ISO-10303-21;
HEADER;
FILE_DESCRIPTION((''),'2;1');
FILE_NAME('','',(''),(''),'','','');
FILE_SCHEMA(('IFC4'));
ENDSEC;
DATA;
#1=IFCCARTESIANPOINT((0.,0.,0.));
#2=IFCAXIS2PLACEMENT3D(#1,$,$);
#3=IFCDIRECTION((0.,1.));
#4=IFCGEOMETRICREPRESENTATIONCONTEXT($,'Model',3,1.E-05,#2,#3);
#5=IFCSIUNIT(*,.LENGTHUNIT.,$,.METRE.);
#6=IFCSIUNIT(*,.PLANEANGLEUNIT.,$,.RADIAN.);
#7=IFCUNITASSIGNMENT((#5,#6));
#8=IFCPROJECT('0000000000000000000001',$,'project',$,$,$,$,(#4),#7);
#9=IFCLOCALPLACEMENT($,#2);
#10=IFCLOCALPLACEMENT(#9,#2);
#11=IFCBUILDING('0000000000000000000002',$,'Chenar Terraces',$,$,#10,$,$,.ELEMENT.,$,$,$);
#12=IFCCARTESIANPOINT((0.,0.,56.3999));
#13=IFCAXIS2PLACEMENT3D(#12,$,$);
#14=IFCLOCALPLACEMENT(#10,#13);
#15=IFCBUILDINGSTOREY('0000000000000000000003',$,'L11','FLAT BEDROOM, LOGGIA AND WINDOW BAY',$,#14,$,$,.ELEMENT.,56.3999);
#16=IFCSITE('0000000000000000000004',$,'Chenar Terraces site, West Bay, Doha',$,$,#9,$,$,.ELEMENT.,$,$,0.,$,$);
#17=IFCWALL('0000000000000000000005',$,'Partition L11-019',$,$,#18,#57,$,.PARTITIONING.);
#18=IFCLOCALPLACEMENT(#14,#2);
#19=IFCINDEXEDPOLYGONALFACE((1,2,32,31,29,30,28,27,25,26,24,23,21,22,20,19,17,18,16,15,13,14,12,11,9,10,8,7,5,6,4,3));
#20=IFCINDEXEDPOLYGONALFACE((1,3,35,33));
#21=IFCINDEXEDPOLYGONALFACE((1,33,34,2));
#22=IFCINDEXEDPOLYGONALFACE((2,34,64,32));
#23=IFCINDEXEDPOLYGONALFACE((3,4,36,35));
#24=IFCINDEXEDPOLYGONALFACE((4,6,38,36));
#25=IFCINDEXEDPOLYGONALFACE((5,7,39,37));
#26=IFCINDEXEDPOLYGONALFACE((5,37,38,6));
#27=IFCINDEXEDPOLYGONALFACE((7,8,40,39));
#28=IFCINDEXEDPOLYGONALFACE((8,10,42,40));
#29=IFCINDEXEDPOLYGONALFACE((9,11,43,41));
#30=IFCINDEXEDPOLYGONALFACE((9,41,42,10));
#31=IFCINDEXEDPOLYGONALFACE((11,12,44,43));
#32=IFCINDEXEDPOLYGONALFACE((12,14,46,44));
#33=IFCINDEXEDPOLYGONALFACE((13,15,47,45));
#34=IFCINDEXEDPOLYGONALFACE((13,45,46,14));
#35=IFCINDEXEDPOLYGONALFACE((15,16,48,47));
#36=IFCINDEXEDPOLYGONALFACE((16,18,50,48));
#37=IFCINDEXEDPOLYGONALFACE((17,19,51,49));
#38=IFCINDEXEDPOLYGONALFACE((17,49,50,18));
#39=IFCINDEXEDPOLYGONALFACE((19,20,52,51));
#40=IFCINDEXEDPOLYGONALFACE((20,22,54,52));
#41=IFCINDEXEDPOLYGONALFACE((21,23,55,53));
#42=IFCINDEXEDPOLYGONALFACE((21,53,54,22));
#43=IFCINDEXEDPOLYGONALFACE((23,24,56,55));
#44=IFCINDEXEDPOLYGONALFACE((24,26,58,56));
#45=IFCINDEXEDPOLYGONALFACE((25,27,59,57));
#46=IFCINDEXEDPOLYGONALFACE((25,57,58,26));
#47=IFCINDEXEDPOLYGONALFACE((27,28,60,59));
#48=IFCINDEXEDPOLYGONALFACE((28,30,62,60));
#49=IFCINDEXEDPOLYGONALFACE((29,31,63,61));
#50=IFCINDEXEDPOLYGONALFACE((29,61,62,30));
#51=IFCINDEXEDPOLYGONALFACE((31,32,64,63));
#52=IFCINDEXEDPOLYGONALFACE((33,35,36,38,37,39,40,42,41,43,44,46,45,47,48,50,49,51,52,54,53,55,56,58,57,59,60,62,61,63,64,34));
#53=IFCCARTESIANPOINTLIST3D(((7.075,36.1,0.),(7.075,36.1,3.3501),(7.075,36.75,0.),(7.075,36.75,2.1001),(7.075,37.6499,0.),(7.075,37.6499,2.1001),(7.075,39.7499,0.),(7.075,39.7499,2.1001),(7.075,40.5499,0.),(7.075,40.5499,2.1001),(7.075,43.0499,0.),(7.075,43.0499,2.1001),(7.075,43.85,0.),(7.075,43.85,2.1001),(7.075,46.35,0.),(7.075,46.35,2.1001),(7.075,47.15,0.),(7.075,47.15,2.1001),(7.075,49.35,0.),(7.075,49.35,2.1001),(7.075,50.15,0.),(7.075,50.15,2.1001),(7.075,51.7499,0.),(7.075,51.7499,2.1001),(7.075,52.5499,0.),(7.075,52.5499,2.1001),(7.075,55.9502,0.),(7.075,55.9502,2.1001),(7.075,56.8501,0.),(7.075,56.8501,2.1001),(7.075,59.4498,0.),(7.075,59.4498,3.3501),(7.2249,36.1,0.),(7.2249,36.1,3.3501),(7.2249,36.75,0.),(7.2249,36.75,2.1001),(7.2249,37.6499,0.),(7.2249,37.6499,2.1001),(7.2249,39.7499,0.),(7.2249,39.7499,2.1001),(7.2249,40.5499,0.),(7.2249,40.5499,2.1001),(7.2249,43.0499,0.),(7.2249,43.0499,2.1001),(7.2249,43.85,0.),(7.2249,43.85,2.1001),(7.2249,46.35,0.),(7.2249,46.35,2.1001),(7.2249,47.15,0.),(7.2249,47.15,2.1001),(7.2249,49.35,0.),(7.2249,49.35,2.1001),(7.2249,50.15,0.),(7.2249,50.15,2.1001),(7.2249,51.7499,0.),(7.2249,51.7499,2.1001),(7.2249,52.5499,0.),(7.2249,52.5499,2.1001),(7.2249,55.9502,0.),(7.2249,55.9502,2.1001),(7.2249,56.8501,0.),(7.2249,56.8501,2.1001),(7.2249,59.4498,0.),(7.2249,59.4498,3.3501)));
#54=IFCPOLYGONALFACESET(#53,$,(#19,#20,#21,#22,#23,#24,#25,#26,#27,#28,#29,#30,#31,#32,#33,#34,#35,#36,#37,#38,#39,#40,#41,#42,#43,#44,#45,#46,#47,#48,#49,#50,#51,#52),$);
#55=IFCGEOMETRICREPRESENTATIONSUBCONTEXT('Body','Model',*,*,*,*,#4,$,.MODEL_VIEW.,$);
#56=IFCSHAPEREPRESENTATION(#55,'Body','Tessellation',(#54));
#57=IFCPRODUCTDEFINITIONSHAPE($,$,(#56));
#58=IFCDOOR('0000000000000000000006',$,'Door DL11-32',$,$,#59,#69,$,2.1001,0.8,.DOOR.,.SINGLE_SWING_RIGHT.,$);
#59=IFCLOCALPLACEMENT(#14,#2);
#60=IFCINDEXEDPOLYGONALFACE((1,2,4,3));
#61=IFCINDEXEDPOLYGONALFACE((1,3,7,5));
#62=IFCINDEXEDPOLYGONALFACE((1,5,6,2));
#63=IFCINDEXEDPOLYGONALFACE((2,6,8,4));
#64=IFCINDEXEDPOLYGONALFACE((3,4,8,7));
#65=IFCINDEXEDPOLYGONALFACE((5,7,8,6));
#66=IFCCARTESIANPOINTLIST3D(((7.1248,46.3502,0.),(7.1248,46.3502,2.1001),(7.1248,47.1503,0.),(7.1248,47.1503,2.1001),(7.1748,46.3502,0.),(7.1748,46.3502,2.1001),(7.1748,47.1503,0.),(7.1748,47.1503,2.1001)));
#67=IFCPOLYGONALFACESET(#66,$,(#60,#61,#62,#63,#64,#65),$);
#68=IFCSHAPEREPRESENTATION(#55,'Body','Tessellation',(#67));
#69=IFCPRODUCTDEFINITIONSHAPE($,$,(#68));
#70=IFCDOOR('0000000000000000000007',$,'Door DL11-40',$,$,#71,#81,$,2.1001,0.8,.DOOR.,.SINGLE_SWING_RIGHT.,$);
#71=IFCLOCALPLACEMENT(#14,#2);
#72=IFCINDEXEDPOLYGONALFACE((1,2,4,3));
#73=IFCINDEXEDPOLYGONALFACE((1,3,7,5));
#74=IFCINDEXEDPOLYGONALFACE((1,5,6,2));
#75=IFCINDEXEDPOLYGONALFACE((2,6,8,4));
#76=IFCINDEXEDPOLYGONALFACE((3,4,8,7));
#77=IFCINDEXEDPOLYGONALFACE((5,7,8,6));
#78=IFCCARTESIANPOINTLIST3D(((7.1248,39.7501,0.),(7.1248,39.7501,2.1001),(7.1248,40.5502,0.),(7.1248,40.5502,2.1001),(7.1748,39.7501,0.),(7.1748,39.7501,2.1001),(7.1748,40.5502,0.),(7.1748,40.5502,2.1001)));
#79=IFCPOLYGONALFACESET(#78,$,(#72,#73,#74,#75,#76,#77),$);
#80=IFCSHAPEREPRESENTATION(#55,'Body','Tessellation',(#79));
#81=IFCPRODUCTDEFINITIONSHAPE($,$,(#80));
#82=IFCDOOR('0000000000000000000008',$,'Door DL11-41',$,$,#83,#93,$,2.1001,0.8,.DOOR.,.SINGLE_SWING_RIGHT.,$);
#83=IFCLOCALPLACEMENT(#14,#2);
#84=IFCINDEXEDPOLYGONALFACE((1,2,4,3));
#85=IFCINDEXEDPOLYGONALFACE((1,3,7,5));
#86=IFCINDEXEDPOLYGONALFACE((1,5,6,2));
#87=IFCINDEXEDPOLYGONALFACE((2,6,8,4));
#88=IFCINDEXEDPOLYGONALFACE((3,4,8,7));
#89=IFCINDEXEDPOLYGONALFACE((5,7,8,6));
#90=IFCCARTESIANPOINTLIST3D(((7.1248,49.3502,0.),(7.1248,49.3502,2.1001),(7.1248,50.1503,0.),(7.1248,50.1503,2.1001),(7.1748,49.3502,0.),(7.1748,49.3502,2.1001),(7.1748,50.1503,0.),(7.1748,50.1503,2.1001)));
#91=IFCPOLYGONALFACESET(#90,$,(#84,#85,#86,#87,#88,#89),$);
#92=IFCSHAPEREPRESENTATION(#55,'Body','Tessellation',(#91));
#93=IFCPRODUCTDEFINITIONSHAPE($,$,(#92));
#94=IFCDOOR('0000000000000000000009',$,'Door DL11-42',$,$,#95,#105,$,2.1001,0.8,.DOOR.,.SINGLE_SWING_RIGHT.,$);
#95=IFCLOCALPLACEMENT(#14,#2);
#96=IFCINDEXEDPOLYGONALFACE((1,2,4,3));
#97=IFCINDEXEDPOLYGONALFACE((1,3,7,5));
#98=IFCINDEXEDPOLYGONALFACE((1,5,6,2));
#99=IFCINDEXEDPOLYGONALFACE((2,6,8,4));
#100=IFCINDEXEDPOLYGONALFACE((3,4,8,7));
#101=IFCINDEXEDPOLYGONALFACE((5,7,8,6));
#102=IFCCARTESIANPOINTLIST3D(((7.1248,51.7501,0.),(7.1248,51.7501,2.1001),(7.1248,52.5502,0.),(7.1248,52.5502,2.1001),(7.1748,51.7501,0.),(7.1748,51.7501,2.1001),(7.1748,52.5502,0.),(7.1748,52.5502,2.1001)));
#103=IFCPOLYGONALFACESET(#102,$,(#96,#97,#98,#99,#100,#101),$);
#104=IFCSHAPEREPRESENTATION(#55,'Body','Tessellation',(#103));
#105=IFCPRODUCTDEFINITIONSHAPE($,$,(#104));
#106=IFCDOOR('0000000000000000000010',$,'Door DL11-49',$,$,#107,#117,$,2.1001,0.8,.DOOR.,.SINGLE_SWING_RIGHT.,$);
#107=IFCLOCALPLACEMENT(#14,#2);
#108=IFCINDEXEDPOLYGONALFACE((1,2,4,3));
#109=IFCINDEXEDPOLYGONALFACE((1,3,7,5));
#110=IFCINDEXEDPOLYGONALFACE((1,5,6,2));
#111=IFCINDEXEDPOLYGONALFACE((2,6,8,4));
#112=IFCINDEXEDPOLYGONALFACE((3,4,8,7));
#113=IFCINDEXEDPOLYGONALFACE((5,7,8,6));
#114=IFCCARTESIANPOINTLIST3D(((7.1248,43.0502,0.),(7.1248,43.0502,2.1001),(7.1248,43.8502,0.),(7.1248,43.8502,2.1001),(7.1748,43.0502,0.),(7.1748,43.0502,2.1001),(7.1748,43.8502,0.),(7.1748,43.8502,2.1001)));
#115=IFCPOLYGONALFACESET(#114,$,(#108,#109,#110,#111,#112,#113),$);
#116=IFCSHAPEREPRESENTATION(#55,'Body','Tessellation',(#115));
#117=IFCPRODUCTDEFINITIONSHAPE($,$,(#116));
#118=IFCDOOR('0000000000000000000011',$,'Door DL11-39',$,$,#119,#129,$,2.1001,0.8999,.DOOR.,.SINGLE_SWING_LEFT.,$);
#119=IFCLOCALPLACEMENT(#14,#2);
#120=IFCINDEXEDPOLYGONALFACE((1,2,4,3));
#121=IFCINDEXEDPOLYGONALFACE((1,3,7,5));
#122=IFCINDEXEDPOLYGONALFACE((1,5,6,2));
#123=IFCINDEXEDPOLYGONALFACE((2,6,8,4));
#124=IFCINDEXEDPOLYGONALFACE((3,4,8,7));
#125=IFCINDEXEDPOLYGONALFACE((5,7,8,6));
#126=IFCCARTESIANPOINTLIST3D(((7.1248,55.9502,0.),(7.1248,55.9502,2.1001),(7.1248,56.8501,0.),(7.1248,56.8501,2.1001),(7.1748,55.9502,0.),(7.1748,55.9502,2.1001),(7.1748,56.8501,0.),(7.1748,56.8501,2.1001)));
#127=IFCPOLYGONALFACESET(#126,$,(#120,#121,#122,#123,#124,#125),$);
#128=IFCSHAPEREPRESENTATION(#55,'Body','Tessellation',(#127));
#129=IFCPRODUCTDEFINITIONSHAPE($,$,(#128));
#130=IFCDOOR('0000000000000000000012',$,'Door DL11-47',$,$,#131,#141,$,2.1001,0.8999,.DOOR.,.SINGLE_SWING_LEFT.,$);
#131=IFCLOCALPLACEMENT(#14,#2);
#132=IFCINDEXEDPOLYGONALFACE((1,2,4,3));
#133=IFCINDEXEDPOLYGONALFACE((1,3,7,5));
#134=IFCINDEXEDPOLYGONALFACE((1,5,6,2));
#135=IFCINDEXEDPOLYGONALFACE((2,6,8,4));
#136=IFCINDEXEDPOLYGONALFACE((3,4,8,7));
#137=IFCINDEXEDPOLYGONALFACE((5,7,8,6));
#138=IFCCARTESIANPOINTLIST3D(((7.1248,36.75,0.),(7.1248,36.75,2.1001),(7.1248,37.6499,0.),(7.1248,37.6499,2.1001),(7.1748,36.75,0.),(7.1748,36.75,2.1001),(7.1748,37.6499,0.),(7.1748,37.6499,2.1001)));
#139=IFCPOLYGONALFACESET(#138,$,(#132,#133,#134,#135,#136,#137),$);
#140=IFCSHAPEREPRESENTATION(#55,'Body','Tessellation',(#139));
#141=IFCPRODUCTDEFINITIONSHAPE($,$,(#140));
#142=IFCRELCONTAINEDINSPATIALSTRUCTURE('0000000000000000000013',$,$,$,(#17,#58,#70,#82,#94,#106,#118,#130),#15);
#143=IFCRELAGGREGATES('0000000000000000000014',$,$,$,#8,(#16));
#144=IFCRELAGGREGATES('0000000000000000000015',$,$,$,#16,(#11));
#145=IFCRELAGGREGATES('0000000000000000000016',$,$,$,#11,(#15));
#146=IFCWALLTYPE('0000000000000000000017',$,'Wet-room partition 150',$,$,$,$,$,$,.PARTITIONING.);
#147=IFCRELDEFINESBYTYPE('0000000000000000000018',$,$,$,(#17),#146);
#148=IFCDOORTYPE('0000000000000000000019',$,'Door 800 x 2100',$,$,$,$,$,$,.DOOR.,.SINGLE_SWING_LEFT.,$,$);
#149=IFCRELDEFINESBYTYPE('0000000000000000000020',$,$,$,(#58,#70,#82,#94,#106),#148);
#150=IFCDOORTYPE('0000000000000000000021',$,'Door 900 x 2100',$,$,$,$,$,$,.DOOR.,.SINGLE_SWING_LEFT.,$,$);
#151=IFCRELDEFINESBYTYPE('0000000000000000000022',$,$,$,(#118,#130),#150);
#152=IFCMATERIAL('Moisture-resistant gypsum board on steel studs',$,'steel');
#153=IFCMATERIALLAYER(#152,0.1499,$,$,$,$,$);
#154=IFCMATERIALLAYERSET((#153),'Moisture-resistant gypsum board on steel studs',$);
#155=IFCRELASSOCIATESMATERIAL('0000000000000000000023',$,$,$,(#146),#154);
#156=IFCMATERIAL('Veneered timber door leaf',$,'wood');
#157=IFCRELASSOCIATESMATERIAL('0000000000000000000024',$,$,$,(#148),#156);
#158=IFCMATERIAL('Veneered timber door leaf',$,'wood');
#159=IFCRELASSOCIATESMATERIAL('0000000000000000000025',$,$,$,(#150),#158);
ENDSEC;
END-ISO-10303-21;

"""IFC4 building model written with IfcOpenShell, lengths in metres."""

from ifc_helpers import new_model, si_unit, direction, frame, frame_2d, origin, place, context, subcontext, project, spatial, rectangle, extrude, material, layer, layer_set, type_object, element, fill, save


model = new_model("IFC4")

# Units and contexts
model_context = context("Model", 3, precision=1e-05, world=origin(), true_north=direction((0.0, 1.0)))
body_context = subcontext(model_context, "Body", "Model", "MODEL_VIEW")
ifc_project = project(units=[si_unit("LENGTHUNIT", "METRE"), si_unit("PLANEANGLEUNIT", "RADIAN")], contexts=[model_context])

# Site, building, storey
site_placement = place(None, origin())
site = spatial("IfcSite", under=ifc_project, at=site_placement, Name="Chenar Terraces site, West Bay, Doha", CompositionType="ELEMENT", RefElevation=0.0)
building_placement = place(site_placement, origin())
building = spatial("IfcBuilding", under=site, at=building_placement, Name="Chenar Terraces", CompositionType="ELEMENT")
storey_placement = place(building_placement, frame((0.0, 0.0, 56.3999)))
storey = spatial("IfcBuildingStorey", under=building, at=storey_placement, Name="L11", Description="FLAT BEDROOM, LOGGIA AND WINDOW BAY", CompositionType="ELEMENT", Elevation=56.3999)

# Wall, openings, doors
ifc_material_1 = material(Name="Moisture-resistant gypsum board on steel studs", Category="steel")
ifc_layer_1 = layer(ifc_material_1, 0.1499)
ifc_layer_set_1 = layer_set([ifc_layer_1], Name="Moisture-resistant gypsum board on steel studs")
wall_type_1 = type_object("IfcWallType", Name="Wet-room partition 150", PredefinedType="PARTITIONING", material=ifc_layer_set_1)
ifc_material_2 = material(Name="Veneered timber door leaf", Category="wood")
door_type_1 = type_object("IfcDoorType", Name="Door 800 x 2100", OperationType="SINGLE_SWING_LEFT", PredefinedType="DOOR", material=ifc_material_2)
ifc_material_3 = material(Name="Veneered timber door leaf", Category="wood")
door_type_2 = type_object("IfcDoorType", Name="Door 900 x 2100", OperationType="SINGLE_SWING_LEFT", PredefinedType="DOOR", material=ifc_material_3)
wall_1_placement = place(storey_placement, frame((7.1499, 36.1001, 0.0), z_axis=(0.0, 0.0, 1.0), x_axis=(0.0, 1.0, 0.0)))
wall_1 = element("IfcWall", 1, at=wall_1_placement, inside=storey, type_object=wall_type_1, Name="Partition L11-019", PredefinedType="PARTITIONING", context=body_context, shape_type="SweptSolid", body=[
    extrude(rectangle(XDim=23.3499, YDim=0.1499, at=frame_2d((11.6748, 0.0))), origin(), (0.0, 0.0, 1.0), 3.3501),
])
opening_1_placement = place(wall_1_placement, frame((10.25, 0.0, 0.0)))
opening_1 = element("IfcOpeningElement", 2, at=opening_1_placement, cuts=wall_1, PredefinedType="OPENING", context=body_context, shape_type="SweptSolid", body=[
    extrude(rectangle(XDim=0.8, YDim=2.1001, at=frame_2d((0.3999, 1.05))), frame((0.0, 0.085, 0.0), z_axis=(0.0, -1.0, 0.0), x_axis=(1.0, 0.0, 0.0)), (0.0, 0.0, 1.0), 0.1699),
])
opening_2_placement = place(wall_1_placement, frame((19.8501, 0.0, 0.0)))
opening_2 = element("IfcOpeningElement", 3, at=opening_2_placement, cuts=wall_1, PredefinedType="OPENING", context=body_context, shape_type="SweptSolid", body=[
    extrude(rectangle(XDim=0.8999, YDim=2.1001, at=frame_2d((0.45, 1.05))), frame((0.0, 0.085, 0.0), z_axis=(0.0, -1.0, 0.0), x_axis=(1.0, 0.0, 0.0)), (0.0, 0.0, 1.0), 0.1699),
])
opening_3_placement = place(wall_1_placement, frame((3.6499, 0.0, 0.0)))
opening_3 = element("IfcOpeningElement", 4, at=opening_3_placement, cuts=wall_1, PredefinedType="OPENING", context=body_context, shape_type="SweptSolid", body=[
    extrude(rectangle(XDim=0.8, YDim=2.1001, at=frame_2d((0.3999, 1.05))), frame((0.0, 0.085, 0.0), z_axis=(0.0, -1.0, 0.0), x_axis=(1.0, 0.0, 0.0)), (0.0, 0.0, 1.0), 0.1699),
])
opening_4_placement = place(wall_1_placement, frame((13.25, 0.0, 0.0)))
opening_4 = element("IfcOpeningElement", 5, at=opening_4_placement, cuts=wall_1, PredefinedType="OPENING", context=body_context, shape_type="SweptSolid", body=[
    extrude(rectangle(XDim=0.8, YDim=2.1001, at=frame_2d((0.3999, 1.05))), frame((0.0, 0.085, 0.0), z_axis=(0.0, -1.0, 0.0), x_axis=(1.0, 0.0, 0.0)), (0.0, 0.0, 1.0), 0.1699),
])
opening_5_placement = place(wall_1_placement, frame((15.6499, 0.0, 0.0)))
opening_5 = element("IfcOpeningElement", 6, at=opening_5_placement, cuts=wall_1, PredefinedType="OPENING", context=body_context, shape_type="SweptSolid", body=[
    extrude(rectangle(XDim=0.8, YDim=2.1001, at=frame_2d((0.3999, 1.05))), frame((0.0, 0.085, 0.0), z_axis=(0.0, -1.0, 0.0), x_axis=(1.0, 0.0, 0.0)), (0.0, 0.0, 1.0), 0.1699),
])
opening_6_placement = place(wall_1_placement, frame((0.6499, 0.0, 0.0)))
opening_6 = element("IfcOpeningElement", 7, at=opening_6_placement, cuts=wall_1, PredefinedType="OPENING", context=body_context, shape_type="SweptSolid", body=[
    extrude(rectangle(XDim=0.8999, YDim=2.1001, at=frame_2d((0.45, 1.05))), frame((0.0, 0.085, 0.0), z_axis=(0.0, -1.0, 0.0), x_axis=(1.0, 0.0, 0.0)), (0.0, 0.0, 1.0), 0.1699),
])
opening_7_placement = place(wall_1_placement, frame((6.95, 0.0, 0.0)))
opening_7 = element("IfcOpeningElement", 8, at=opening_7_placement, cuts=wall_1, PredefinedType="OPENING", context=body_context, shape_type="SweptSolid", body=[
    extrude(rectangle(XDim=0.8, YDim=2.1001, at=frame_2d((0.3999, 1.05))), frame((0.0, 0.085, 0.0), z_axis=(0.0, -1.0, 0.0), x_axis=(1.0, 0.0, 0.0)), (0.0, 0.0, 1.0), 0.1699),
])
door_1_placement = place(opening_1_placement, frame((0.8, 0.0, 0.0), z_axis=(0.0, 0.0, 1.0), x_axis=(-1.0, 0.0, 0.0)))
door_1 = element("IfcDoor", 9, at=door_1_placement, inside=storey, type_object=door_type_1, Name="Door DL11-32", OperationType="SINGLE_SWING_RIGHT", OverallHeight=2.1001, OverallWidth=0.8, PredefinedType="DOOR", context=body_context, shape_type="SweptSolid", body=[
    extrude(rectangle(XDim=0.8, YDim=2.1001, at=frame_2d((0.3999, 1.05))), frame((0.0, 0.0249, 0.0), z_axis=(0.0, -1.0, 0.0), x_axis=(1.0, 0.0, 0.0)), (0.0, 0.0, 1.0), 0.05),
])
fill(opening_1, door_1)
door_2_placement = place(opening_3_placement, frame((0.8, 0.0, 0.0), z_axis=(0.0, 0.0, 1.0), x_axis=(-1.0, 0.0, 0.0)))
door_2 = element("IfcDoor", 10, at=door_2_placement, inside=storey, type_object=door_type_1, Name="Door DL11-40", OperationType="SINGLE_SWING_RIGHT", OverallHeight=2.1001, OverallWidth=0.8, PredefinedType="DOOR", context=body_context, shape_type="SweptSolid", body=[
    extrude(rectangle(XDim=0.8, YDim=2.1001, at=frame_2d((0.3999, 1.05))), frame((0.0, 0.0249, 0.0), z_axis=(0.0, -1.0, 0.0), x_axis=(1.0, 0.0, 0.0)), (0.0, 0.0, 1.0), 0.05),
])
fill(opening_3, door_2)
door_3_placement = place(opening_4_placement, frame((0.8, 0.0, 0.0), z_axis=(0.0, 0.0, 1.0), x_axis=(-1.0, 0.0, 0.0)))
door_3 = element("IfcDoor", 11, at=door_3_placement, inside=storey, type_object=door_type_1, Name="Door DL11-41", OperationType="SINGLE_SWING_RIGHT", OverallHeight=2.1001, OverallWidth=0.8, PredefinedType="DOOR", context=body_context, shape_type="SweptSolid", body=[
    extrude(rectangle(XDim=0.8, YDim=2.1001, at=frame_2d((0.3999, 1.05))), frame((0.0, 0.0249, 0.0), z_axis=(0.0, -1.0, 0.0), x_axis=(1.0, 0.0, 0.0)), (0.0, 0.0, 1.0), 0.05),
])
fill(opening_4, door_3)
door_4_placement = place(opening_5_placement, frame((0.8, 0.0, 0.0), z_axis=(0.0, 0.0, 1.0), x_axis=(-1.0, 0.0, 0.0)))
door_4 = element("IfcDoor", 12, at=door_4_placement, inside=storey, type_object=door_type_1, Name="Door DL11-42", OperationType="SINGLE_SWING_RIGHT", OverallHeight=2.1001, OverallWidth=0.8, PredefinedType="DOOR", context=body_context, shape_type="SweptSolid", body=[
    extrude(rectangle(XDim=0.8, YDim=2.1001, at=frame_2d((0.3999, 1.05))), frame((0.0, 0.0249, 0.0), z_axis=(0.0, -1.0, 0.0), x_axis=(1.0, 0.0, 0.0)), (0.0, 0.0, 1.0), 0.05),
])
fill(opening_5, door_4)
door_5_placement = place(opening_7_placement, frame((0.8, 0.0, 0.0), z_axis=(0.0, 0.0, 1.0), x_axis=(-1.0, 0.0, 0.0)))
door_5 = element("IfcDoor", 13, at=door_5_placement, inside=storey, type_object=door_type_1, Name="Door DL11-49", OperationType="SINGLE_SWING_RIGHT", OverallHeight=2.1001, OverallWidth=0.8, PredefinedType="DOOR", context=body_context, shape_type="SweptSolid", body=[
    extrude(rectangle(XDim=0.8, YDim=2.1001, at=frame_2d((0.3999, 1.05))), frame((0.0, 0.0249, 0.0), z_axis=(0.0, -1.0, 0.0), x_axis=(1.0, 0.0, 0.0)), (0.0, 0.0, 1.0), 0.05),
])
fill(opening_7, door_5)
door_6_placement = place(opening_2_placement, frame((0.8999, 0.0, 0.0), z_axis=(0.0, 0.0, 1.0), x_axis=(-1.0, 0.0, 0.0)))
door_6 = element("IfcDoor", 14, at=door_6_placement, inside=storey, type_object=door_type_2, Name="Door DL11-39", OperationType="SINGLE_SWING_LEFT", OverallHeight=2.1001, OverallWidth=0.8999, PredefinedType="DOOR", context=body_context, shape_type="SweptSolid", body=[
    extrude(rectangle(XDim=0.8999, YDim=2.1001, at=frame_2d((0.45, 1.05))), frame((0.0, 0.0249, 0.0), z_axis=(0.0, -1.0, 0.0), x_axis=(1.0, 0.0, 0.0)), (0.0, 0.0, 1.0), 0.05),
])
fill(opening_2, door_6)
door_7_placement = place(opening_6_placement, frame((0.8999, 0.0, 0.0), z_axis=(0.0, 0.0, 1.0), x_axis=(-1.0, 0.0, 0.0)))
door_7 = element("IfcDoor", 15, at=door_7_placement, inside=storey, type_object=door_type_2, Name="Door DL11-47", OperationType="SINGLE_SWING_LEFT", OverallHeight=2.1001, OverallWidth=0.8999, PredefinedType="DOOR", context=body_context, shape_type="SweptSolid", body=[
    extrude(rectangle(XDim=0.8999, YDim=2.1001, at=frame_2d((0.45, 1.05))), frame((0.0, 0.0249, 0.0), z_axis=(0.0, -1.0, 0.0), x_axis=(1.0, 0.0, 0.0)), (0.0, 0.0, 1.0), 0.05),
])
fill(opening_6, door_7)

save(model, "model.ifc")
